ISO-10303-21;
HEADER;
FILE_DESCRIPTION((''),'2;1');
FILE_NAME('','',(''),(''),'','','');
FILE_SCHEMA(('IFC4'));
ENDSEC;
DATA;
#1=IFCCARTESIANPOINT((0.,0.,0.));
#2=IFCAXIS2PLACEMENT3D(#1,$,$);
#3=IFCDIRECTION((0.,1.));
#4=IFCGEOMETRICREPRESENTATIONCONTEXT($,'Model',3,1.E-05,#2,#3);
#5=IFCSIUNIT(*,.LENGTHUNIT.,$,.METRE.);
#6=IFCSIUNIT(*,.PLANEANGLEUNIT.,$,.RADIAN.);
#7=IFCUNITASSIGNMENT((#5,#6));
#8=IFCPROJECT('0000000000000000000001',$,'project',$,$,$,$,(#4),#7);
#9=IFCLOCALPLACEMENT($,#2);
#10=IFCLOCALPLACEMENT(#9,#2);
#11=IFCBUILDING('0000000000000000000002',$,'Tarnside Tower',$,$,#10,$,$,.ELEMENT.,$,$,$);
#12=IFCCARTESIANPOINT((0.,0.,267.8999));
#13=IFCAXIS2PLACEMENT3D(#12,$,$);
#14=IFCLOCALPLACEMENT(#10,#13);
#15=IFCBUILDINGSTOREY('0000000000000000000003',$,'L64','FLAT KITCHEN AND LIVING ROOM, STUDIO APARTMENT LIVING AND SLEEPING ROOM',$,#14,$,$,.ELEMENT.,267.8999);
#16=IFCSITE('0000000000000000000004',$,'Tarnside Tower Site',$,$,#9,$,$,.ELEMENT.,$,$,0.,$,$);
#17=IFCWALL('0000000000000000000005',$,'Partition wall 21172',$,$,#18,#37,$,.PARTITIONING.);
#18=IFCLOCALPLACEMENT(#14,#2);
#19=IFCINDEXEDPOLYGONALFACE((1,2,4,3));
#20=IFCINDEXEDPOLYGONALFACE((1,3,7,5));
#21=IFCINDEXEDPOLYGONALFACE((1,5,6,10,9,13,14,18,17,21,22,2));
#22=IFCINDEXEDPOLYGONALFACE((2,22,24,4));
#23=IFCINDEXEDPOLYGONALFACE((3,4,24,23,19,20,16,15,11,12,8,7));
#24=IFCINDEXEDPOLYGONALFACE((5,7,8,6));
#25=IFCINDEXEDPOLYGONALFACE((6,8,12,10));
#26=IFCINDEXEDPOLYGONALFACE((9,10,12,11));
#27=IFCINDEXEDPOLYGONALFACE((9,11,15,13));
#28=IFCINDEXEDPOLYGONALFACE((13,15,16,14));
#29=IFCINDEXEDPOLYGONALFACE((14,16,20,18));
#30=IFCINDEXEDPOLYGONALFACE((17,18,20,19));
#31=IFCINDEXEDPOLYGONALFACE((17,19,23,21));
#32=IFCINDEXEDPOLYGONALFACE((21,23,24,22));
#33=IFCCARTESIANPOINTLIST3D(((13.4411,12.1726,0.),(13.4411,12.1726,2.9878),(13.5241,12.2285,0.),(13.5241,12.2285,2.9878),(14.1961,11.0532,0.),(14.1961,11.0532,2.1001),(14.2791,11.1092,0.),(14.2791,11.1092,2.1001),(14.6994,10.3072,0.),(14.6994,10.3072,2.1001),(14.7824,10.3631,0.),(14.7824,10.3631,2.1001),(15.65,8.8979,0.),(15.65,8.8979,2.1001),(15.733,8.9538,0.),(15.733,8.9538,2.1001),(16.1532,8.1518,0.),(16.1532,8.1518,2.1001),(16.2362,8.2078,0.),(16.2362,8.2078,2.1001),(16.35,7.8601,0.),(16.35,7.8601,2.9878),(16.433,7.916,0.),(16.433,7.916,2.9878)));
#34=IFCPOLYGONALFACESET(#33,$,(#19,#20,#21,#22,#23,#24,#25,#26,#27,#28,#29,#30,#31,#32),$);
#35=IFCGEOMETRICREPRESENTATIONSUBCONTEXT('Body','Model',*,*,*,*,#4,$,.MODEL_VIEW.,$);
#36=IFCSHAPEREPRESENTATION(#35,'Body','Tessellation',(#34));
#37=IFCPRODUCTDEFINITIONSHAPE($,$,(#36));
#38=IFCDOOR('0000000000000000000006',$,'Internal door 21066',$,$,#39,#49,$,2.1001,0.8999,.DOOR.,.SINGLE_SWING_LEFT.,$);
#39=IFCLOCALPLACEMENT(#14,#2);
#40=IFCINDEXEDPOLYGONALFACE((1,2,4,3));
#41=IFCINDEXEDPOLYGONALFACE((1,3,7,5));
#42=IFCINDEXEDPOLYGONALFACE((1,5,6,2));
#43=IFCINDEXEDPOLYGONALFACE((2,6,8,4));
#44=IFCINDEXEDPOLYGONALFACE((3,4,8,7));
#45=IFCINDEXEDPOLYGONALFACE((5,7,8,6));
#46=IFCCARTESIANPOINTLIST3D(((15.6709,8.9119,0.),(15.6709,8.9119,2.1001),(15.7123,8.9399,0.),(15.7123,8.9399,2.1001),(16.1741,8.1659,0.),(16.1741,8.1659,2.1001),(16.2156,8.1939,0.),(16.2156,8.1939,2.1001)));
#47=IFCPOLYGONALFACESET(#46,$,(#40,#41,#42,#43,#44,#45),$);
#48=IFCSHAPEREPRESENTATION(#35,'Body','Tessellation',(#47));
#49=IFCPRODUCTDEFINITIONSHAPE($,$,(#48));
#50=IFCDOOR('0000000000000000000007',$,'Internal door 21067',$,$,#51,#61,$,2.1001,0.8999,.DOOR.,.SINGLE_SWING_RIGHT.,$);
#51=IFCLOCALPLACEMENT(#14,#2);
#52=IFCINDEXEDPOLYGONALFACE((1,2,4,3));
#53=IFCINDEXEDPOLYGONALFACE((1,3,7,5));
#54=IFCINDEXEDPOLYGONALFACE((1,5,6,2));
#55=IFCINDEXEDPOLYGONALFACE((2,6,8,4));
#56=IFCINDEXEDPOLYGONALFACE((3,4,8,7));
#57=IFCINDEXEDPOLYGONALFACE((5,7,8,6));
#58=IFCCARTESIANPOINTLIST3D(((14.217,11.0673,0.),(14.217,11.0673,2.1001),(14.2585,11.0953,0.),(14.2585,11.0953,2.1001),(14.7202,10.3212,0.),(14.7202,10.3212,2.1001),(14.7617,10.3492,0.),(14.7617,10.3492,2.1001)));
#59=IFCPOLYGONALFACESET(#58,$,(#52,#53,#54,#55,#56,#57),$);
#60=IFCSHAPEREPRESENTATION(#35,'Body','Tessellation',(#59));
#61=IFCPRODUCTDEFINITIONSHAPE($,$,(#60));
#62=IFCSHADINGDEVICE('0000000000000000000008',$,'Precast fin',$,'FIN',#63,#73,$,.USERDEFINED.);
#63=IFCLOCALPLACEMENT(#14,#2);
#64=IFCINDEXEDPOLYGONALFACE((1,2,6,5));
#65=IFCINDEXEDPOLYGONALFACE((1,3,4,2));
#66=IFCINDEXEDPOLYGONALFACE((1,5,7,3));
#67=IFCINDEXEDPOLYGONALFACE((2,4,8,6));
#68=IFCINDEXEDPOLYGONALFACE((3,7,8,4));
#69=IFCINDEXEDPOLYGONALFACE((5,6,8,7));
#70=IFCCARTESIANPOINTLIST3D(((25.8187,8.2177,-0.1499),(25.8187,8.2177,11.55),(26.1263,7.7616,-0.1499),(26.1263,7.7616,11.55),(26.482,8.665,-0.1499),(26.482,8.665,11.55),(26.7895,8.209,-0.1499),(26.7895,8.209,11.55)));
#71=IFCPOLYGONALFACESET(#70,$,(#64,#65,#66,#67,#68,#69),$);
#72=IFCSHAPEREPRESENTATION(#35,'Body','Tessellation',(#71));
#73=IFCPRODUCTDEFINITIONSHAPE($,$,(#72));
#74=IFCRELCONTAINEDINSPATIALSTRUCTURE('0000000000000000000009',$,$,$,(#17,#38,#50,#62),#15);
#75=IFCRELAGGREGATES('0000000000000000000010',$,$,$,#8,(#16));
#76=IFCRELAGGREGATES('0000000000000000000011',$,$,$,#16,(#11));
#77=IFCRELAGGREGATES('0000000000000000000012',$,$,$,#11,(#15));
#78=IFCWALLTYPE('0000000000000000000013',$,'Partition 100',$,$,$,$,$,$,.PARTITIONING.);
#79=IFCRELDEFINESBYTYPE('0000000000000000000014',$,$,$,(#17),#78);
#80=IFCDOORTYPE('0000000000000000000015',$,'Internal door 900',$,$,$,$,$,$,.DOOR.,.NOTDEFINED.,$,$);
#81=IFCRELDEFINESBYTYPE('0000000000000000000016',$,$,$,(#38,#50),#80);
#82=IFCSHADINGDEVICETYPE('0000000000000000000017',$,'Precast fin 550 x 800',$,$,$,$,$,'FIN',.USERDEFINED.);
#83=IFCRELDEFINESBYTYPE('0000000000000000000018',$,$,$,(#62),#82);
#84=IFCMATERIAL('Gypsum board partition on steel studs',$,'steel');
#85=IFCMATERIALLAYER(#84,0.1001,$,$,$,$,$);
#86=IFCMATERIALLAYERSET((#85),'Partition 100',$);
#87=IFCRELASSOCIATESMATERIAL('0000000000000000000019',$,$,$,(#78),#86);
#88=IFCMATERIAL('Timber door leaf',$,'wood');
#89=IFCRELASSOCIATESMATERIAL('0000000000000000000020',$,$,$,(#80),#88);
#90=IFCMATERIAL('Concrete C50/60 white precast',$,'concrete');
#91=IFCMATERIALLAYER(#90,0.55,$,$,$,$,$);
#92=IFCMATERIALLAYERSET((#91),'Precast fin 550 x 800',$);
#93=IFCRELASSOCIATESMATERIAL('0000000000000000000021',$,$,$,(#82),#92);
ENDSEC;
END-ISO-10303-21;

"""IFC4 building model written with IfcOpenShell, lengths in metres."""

from ifc_helpers import new_model, si_unit, direction, frame, frame_2d, origin, place, context, subcontext, project, spatial, polyline, rectangle, outline, extrude, material, layer, layer_set, type_object, element, fill, save


model = new_model("IFC4")

# Units and contexts
model_context = context("Model", 3, precision=1e-05, world=origin(), true_north=direction((0.0, 1.0)))
body_context = subcontext(model_context, "Body", "Model", "MODEL_VIEW")
ifc_project = project(units=[si_unit("LENGTHUNIT", "METRE"), si_unit("PLANEANGLEUNIT", "RADIAN")], contexts=[model_context])

# Site, building, storey
site_placement = place(None, origin())
site = spatial("IfcSite", under=ifc_project, at=site_placement, Name="Tarnside Tower Site", CompositionType="ELEMENT", RefElevation=0.0)
building_placement = place(site_placement, origin())
building = spatial("IfcBuilding", under=site, at=building_placement, Name="Tarnside Tower", CompositionType="ELEMENT")
storey_placement = place(building_placement, frame((0.0, 0.0, 267.8999)))
storey = spatial("IfcBuildingStorey", under=building, at=storey_placement, Name="L64", Description="FLAT KITCHEN AND LIVING ROOM, STUDIO APARTMENT LIVING AND SLEEPING ROOM", CompositionType="ELEMENT", Elevation=267.8999)

# Shared definitions
ifc_material_1 = material(Name="Gypsum board partition on steel studs", Category="steel")

# Shared definitions
ifc_material_2 = material(Name="Timber door leaf", Category="wood")

# Shared definitions
ifc_layer_1 = layer(ifc_material_1, 0.1001)
ifc_layer_set_1 = layer_set([ifc_layer_1], Name="Partition 100")
wall_type_1 = type_object("IfcWallType", Name="Partition 100", PredefinedType="PARTITIONING", material=ifc_layer_set_1)
door_type_1 = type_object("IfcDoorType", Name="Internal door 900", OperationType="NOTDEFINED", PredefinedType="DOOR", material=ifc_material_2)

# Wall, openings, doors
wall_1_placement = place(storey_placement, frame((16.3916, 7.8879, 0.0), z_axis=(0.0, 0.0, 1.0), x_axis=(-0.559208, 0.829027, 0.0)))
wall_1 = element("IfcWall", 1, at=wall_1_placement, inside=storey, type_object=wall_type_1, Name="Partition wall 21172", PredefinedType="PARTITIONING", context=body_context, shape_type="SweptSolid", body=[
    extrude(rectangle(XDim=5.2019, YDim=0.1001, at=frame_2d((2.6011, 0.0))), origin(), (0.0, 0.0, 1.0), 2.9878),
])
opening_1_placement = place(wall_1_placement, frame((0.3521, 0.0, 0.0)))
opening_1 = element("IfcOpeningElement", 2, at=opening_1_placement, cuts=wall_1, PredefinedType="OPENING", context=body_context, shape_type="SweptSolid", body=[
    extrude(rectangle(XDim=0.8999, YDim=2.1001, at=frame_2d((0.45, 1.05))), frame((0.0, 0.0601, 0.0), z_axis=(0.0, -1.0, 0.0), x_axis=(1.0, 0.0, 0.0)), (0.0, 0.0, 1.0), 0.1201),
])
opening_2_placement = place(wall_1_placement, frame((2.9519, 0.0, 0.0)))
opening_2 = element("IfcOpeningElement", 3, at=opening_2_placement, cuts=wall_1, PredefinedType="OPENING", context=body_context, shape_type="SweptSolid", body=[
    extrude(rectangle(XDim=0.8999, YDim=2.1001, at=frame_2d((0.45, 1.05))), frame((0.0, 0.0601, 0.0), z_axis=(0.0, -1.0, 0.0), x_axis=(1.0, 0.0, 0.0)), (0.0, 0.0, 1.0), 0.1201),
])
door_1_placement = place(opening_1_placement, origin())
door_1 = element("IfcDoor", 4, at=door_1_placement, inside=storey, type_object=door_type_1, Name="Internal door 21066", OperationType="SINGLE_SWING_LEFT", OverallHeight=2.1001, OverallWidth=0.8999, PredefinedType="DOOR", context=body_context, shape_type="SweptSolid", body=[
    extrude(rectangle(XDim=0.8999, YDim=2.1001, at=frame_2d((0.45, 1.05))), frame((0.0, 0.0249, 0.0), z_axis=(0.0, -1.0, 0.0), x_axis=(1.0, 0.0, 0.0)), (0.0, 0.0, 1.0), 0.05),
])
fill(opening_1, door_1)
door_2_placement = place(opening_2_placement, origin())
door_2 = element("IfcDoor", 5, at=door_2_placement, inside=storey, type_object=door_type_1, Name="Internal door 21067", OperationType="SINGLE_SWING_RIGHT", OverallHeight=2.1001, OverallWidth=0.8999, PredefinedType="DOOR", context=body_context, shape_type="SweptSolid", body=[
    extrude(rectangle(XDim=0.8999, YDim=2.1001, at=frame_2d((0.45, 1.05))), frame((0.0, 0.0249, 0.0), z_axis=(0.0, -1.0, 0.0), x_axis=(1.0, 0.0, 0.0)), (0.0, 0.0, 1.0), 0.05),
])
fill(opening_2, door_2)

# Shading device
ifc_material_3 = material(Name="Concrete C50/60 white precast", Category="concrete")
ifc_layer_2 = layer(ifc_material_3, 0.55)
ifc_layer_set_2 = layer_set([ifc_layer_2], Name="Precast fin 550 x 800")
shading_device_type = type_object("IfcShadingDeviceType", Name="Precast fin 550 x 800", ElementType="FIN", PredefinedType="USERDEFINED", material=ifc_layer_set_2)
shading_device_placement = place(storey_placement, frame((25.9724, 7.9897, -0.1499), z_axis=(0.559193, -0.829038, 0.0), x_axis=(0.829038, 0.559193, 0.0)))
element("IfcShadingDevice", 6, at=shading_device_placement, inside=storey, type_object=shading_device_type, Name="Precast fin", ObjectType="FIN", PredefinedType="USERDEFINED", context=body_context, shape_type="SweptSolid", body=[
    extrude(outline(polyline([(0.0, 0.0), (0.8, 0.0), (0.8, 11.7), (0.0, 11.7), (0.0, 0.0)])), frame((0.0, 0.0, -0.2749)), (0.0, 0.0, 1.0), 0.55),
])

save(model, "model.ifc")
